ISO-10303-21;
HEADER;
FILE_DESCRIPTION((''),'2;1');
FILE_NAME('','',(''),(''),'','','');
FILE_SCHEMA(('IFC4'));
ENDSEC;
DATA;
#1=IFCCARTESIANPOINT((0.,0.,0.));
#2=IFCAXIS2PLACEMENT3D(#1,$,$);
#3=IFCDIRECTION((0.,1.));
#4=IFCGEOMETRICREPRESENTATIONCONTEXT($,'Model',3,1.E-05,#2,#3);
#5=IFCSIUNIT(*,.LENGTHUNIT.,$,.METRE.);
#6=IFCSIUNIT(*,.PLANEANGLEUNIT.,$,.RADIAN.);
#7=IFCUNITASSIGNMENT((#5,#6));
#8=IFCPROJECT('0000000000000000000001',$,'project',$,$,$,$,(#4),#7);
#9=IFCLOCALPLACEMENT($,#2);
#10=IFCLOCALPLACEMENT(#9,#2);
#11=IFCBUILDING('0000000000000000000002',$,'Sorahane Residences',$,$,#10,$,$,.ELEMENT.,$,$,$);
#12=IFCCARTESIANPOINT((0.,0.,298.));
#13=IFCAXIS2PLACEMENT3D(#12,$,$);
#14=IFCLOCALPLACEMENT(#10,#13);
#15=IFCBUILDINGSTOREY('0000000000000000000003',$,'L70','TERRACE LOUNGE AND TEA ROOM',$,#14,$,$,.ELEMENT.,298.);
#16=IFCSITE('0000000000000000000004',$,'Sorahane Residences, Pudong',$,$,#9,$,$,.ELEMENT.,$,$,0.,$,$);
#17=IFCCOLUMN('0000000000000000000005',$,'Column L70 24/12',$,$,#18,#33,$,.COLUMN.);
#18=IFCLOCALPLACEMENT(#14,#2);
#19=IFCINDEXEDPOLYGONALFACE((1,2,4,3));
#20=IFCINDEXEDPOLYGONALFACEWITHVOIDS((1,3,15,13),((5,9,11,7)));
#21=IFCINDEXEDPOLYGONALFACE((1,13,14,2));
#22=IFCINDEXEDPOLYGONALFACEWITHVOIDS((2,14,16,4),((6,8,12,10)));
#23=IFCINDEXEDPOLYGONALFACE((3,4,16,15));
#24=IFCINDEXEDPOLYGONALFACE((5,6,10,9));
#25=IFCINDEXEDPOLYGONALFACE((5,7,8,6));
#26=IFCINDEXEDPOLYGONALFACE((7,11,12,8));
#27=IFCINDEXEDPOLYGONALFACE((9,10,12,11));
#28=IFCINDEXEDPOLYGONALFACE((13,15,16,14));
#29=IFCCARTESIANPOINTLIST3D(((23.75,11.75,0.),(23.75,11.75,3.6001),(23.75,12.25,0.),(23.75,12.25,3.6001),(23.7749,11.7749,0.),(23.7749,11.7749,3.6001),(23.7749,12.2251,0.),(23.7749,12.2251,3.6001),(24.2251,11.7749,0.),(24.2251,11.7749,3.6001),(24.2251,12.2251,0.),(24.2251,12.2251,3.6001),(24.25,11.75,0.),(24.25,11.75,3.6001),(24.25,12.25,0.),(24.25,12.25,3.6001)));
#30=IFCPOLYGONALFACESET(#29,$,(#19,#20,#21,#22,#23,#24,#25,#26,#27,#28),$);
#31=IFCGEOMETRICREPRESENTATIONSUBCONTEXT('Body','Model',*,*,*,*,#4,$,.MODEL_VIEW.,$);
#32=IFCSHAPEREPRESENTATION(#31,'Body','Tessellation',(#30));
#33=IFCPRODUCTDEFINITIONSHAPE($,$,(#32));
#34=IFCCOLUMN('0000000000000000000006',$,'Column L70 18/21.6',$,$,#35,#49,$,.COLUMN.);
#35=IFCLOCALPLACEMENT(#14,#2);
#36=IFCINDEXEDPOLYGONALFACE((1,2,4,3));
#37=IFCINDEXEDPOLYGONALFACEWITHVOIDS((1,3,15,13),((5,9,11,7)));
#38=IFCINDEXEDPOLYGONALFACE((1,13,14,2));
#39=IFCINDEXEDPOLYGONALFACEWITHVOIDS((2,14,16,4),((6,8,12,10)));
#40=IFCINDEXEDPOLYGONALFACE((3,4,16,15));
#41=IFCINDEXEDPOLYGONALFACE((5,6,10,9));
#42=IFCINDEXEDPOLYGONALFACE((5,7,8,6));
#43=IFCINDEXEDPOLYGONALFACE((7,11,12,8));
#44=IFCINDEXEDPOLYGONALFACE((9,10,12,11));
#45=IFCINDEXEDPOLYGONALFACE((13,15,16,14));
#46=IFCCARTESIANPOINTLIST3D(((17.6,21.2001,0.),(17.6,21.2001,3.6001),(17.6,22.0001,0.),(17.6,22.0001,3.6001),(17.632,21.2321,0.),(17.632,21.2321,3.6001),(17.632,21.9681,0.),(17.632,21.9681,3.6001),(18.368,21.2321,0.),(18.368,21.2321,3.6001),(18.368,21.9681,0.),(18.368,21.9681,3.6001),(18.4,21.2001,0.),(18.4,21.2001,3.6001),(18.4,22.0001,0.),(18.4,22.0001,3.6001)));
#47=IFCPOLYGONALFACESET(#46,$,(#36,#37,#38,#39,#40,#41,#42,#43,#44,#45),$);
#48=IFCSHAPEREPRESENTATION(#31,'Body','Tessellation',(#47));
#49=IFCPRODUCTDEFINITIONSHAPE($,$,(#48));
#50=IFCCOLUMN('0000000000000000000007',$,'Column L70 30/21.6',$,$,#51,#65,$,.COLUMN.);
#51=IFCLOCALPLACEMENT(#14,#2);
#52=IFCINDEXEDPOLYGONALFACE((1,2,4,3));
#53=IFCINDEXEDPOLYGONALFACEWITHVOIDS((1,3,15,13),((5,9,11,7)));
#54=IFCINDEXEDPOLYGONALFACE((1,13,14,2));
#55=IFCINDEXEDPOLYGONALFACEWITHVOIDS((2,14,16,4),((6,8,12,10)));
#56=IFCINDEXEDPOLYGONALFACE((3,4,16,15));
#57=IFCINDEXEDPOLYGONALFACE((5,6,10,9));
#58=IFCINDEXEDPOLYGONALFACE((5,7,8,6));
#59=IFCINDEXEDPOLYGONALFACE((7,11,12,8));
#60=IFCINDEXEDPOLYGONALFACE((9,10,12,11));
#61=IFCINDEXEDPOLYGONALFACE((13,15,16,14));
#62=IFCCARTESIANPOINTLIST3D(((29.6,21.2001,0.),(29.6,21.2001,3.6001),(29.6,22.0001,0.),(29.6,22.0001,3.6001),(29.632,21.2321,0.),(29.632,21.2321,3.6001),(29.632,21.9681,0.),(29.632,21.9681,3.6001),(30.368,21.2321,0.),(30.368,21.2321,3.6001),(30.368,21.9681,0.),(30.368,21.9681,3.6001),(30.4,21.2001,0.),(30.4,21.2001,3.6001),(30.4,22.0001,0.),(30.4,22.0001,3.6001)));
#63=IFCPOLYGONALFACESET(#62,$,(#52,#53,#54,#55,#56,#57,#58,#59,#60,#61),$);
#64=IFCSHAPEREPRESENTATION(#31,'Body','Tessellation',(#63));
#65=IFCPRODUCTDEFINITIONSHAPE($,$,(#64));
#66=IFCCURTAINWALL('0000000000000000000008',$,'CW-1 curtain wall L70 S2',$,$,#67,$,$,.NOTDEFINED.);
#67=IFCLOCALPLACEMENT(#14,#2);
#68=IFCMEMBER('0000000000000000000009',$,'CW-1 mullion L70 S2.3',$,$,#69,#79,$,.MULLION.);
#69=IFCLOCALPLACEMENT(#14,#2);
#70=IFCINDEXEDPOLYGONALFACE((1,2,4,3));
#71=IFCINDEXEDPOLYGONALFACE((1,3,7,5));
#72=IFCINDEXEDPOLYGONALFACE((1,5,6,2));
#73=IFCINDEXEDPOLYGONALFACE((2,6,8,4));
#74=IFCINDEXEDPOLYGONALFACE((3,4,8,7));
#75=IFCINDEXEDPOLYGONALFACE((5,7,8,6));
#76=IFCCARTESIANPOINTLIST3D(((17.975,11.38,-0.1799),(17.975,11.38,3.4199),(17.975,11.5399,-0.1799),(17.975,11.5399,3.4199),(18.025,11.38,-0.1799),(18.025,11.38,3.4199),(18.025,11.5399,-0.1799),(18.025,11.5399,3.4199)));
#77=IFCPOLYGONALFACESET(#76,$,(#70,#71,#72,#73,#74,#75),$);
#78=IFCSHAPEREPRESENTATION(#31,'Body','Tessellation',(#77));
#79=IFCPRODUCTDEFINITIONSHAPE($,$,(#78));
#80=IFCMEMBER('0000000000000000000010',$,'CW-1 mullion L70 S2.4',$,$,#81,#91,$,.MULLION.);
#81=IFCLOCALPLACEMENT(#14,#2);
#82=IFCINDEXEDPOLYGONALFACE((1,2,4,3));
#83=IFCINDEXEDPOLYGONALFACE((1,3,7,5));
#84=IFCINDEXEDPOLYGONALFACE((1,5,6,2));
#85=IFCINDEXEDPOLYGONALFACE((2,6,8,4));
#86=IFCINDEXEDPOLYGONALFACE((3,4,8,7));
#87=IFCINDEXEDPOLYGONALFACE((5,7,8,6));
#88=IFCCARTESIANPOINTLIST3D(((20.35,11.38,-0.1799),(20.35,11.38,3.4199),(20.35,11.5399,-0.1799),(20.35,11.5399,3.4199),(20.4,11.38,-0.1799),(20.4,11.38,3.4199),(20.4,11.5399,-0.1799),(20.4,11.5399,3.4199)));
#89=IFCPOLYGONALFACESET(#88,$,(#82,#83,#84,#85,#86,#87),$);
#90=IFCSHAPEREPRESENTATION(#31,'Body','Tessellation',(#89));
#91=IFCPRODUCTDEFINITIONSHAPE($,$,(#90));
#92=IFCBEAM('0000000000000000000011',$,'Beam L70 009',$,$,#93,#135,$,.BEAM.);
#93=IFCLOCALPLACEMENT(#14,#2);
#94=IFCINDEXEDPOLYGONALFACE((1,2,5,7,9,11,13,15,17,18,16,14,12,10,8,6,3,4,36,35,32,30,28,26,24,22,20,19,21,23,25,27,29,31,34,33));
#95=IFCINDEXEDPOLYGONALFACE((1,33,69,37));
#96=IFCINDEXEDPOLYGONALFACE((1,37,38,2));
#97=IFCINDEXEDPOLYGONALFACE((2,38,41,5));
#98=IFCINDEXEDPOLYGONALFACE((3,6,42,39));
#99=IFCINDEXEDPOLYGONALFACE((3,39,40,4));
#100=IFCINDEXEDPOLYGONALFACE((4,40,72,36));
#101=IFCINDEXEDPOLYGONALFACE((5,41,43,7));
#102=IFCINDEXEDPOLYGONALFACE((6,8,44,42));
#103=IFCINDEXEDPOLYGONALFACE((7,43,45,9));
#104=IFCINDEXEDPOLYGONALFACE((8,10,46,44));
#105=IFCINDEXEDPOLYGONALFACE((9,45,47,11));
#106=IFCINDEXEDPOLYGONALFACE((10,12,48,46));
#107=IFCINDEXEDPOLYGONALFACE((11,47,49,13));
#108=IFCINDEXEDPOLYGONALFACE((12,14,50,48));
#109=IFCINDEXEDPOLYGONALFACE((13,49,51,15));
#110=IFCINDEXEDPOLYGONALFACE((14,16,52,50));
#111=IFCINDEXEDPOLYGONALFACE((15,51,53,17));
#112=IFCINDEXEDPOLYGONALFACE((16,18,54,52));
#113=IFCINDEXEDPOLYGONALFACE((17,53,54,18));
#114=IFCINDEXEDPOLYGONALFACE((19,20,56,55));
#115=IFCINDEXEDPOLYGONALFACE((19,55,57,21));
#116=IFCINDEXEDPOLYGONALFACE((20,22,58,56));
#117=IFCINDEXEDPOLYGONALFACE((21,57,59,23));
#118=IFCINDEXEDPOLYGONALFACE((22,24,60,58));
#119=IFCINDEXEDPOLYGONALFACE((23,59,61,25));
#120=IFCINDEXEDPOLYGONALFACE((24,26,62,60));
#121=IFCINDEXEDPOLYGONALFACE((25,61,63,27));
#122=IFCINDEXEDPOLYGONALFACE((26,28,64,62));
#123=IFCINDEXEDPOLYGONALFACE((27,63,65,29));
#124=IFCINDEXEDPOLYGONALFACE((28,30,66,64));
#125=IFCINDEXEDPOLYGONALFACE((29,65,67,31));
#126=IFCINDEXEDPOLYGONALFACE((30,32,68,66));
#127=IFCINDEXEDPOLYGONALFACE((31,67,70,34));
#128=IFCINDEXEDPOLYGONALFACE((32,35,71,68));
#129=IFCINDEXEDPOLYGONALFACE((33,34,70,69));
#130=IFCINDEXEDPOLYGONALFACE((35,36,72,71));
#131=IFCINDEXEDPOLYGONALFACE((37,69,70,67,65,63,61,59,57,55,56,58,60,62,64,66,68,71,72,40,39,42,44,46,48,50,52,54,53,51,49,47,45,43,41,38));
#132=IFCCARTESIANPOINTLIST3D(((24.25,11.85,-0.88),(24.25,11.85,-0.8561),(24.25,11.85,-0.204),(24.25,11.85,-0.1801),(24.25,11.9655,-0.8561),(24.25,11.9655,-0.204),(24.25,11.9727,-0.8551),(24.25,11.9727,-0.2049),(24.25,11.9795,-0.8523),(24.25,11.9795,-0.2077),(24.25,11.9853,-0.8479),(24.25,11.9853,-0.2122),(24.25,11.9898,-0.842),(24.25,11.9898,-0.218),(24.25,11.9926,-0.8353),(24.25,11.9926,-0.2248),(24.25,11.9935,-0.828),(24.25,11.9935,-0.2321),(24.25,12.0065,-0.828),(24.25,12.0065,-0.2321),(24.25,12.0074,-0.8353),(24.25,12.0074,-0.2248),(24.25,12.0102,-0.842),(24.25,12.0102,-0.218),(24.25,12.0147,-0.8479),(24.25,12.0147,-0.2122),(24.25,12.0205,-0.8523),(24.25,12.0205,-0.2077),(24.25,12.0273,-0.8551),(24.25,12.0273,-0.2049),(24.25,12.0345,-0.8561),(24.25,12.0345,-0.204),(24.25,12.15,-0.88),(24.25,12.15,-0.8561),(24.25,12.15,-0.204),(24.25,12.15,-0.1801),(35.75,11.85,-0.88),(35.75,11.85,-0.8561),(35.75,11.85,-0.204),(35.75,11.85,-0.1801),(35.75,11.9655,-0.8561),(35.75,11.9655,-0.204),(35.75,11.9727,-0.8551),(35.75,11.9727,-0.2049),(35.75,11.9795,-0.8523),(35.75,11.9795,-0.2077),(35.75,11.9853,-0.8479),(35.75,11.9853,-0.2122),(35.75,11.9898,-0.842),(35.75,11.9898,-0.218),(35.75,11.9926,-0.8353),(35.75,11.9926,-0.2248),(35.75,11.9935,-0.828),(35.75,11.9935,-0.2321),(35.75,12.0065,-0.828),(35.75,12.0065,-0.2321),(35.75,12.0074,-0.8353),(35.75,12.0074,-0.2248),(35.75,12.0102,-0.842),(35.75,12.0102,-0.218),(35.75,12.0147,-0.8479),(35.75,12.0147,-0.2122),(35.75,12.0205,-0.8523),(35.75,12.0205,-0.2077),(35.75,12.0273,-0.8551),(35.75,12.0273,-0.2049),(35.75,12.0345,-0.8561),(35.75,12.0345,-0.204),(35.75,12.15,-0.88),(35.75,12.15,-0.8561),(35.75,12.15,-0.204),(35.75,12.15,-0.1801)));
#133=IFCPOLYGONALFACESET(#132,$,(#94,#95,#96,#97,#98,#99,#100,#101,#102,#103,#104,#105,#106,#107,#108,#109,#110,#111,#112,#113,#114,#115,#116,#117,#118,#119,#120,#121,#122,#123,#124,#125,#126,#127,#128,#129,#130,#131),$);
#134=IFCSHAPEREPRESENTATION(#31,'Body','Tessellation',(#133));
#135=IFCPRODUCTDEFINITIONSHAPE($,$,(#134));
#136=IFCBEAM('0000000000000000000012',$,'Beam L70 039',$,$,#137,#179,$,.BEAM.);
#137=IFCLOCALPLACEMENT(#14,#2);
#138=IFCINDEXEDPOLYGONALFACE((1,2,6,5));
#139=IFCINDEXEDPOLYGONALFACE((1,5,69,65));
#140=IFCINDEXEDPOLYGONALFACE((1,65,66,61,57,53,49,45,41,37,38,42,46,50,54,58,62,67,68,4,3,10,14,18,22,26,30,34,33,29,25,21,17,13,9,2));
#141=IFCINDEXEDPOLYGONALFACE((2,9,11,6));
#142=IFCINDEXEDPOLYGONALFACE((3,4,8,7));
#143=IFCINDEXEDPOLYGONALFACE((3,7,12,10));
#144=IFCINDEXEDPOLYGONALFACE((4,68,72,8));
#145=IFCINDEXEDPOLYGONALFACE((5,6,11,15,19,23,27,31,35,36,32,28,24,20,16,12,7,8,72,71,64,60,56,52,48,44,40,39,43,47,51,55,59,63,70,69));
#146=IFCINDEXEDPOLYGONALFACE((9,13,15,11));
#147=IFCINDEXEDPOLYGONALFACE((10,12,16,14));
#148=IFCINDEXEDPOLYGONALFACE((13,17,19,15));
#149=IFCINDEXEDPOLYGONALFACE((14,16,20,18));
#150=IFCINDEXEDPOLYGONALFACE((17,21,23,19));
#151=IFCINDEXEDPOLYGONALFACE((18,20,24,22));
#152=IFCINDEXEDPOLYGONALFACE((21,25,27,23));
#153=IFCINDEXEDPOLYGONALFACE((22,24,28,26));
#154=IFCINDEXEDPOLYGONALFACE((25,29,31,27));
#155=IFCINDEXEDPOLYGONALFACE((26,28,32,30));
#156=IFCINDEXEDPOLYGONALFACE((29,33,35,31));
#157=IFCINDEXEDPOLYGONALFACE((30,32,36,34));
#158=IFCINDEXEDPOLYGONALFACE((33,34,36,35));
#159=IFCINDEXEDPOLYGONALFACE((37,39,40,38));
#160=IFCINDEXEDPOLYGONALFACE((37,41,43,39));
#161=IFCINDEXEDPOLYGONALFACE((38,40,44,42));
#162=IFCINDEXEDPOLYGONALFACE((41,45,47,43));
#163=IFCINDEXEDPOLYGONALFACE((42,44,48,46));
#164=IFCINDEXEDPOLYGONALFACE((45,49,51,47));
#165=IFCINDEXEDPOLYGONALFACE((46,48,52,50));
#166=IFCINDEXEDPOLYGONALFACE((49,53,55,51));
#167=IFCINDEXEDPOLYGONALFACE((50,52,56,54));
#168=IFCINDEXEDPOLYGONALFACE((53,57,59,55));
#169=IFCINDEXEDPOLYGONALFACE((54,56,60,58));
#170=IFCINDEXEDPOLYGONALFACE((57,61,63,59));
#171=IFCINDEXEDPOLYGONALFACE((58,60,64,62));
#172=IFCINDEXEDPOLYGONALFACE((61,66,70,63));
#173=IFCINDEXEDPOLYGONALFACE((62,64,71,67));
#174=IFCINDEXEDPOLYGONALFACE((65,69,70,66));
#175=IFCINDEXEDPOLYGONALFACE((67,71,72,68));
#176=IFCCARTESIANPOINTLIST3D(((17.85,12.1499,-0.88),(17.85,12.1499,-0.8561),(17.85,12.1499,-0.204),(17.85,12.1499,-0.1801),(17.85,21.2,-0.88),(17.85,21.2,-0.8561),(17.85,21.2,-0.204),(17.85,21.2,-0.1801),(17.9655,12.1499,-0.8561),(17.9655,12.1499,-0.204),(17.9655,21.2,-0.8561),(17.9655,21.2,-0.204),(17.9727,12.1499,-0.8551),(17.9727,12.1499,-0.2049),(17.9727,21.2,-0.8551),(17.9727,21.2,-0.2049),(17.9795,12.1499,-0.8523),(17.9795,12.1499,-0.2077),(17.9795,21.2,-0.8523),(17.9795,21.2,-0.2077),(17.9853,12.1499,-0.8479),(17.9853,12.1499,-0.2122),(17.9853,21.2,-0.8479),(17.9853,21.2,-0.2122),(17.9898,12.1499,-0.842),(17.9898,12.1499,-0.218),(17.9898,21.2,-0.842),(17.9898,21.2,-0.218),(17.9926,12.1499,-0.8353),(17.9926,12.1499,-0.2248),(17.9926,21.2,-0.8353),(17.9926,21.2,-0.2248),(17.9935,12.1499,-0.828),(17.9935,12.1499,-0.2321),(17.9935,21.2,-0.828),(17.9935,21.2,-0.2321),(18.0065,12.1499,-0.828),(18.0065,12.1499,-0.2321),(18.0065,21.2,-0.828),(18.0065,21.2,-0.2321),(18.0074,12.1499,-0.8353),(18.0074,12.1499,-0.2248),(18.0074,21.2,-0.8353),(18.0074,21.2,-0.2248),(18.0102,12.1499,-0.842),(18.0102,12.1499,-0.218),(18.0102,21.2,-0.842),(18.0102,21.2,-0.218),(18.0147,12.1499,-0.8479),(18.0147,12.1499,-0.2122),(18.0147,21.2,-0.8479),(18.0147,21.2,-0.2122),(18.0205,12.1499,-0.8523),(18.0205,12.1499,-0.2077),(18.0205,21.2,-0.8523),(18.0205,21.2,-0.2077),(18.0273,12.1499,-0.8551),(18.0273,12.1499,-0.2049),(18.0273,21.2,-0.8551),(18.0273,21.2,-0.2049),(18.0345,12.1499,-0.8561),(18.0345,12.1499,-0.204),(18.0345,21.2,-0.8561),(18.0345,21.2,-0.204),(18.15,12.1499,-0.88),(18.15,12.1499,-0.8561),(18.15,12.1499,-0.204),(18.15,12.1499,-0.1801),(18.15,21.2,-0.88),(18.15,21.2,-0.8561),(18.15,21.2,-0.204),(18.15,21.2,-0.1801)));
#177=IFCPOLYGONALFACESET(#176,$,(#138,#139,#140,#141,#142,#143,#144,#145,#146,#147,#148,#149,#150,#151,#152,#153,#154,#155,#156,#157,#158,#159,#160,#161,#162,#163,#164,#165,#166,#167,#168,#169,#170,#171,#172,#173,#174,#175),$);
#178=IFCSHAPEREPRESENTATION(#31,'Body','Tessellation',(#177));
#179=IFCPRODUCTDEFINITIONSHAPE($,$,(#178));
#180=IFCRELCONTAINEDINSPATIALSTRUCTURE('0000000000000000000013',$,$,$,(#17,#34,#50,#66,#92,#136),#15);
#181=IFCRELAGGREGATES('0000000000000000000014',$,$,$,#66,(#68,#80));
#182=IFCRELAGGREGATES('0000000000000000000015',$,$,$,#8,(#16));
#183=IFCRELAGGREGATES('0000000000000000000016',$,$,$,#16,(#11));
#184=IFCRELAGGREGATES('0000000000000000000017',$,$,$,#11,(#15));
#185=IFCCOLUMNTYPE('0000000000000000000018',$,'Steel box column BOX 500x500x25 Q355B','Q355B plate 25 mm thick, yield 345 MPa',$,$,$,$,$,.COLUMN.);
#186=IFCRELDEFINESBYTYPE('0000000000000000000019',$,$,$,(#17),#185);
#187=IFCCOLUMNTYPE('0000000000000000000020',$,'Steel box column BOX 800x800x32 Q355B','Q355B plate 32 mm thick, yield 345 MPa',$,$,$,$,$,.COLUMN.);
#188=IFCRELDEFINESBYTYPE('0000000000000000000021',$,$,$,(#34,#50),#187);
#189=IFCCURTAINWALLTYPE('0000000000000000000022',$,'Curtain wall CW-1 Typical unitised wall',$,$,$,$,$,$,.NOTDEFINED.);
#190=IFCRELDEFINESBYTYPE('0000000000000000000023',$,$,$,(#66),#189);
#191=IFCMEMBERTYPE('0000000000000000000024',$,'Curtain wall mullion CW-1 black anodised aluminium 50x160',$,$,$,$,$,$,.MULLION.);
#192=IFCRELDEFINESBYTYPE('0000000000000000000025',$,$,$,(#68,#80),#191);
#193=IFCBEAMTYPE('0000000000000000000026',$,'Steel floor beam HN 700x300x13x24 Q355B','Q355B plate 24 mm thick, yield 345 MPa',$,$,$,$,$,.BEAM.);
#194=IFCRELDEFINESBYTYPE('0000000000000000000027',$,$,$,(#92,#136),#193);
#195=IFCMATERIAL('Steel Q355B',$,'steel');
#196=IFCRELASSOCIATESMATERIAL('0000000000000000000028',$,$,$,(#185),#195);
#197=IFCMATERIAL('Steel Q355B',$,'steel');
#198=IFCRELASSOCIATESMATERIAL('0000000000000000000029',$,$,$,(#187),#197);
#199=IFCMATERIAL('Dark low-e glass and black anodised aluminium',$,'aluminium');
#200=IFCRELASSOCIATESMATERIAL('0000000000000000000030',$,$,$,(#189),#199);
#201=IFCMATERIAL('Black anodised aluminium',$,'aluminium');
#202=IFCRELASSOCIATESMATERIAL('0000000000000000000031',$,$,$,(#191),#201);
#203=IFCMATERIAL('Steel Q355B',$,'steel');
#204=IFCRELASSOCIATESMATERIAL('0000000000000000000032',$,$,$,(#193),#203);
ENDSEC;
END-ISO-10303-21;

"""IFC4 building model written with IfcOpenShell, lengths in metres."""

from ifc_helpers import new_model, si_unit, direction, frame, origin, origin_2d, place, context, subcontext, project, spatial, rectangle, hollow_rectangle, i_section, extrude, material, material_profile, profile_set, type_object, element, aggregate, save


model = new_model("IFC4")

# Units and contexts
model_context = context("Model", 3, precision=1e-05, world=origin(), true_north=direction((0.0, 1.0)))
body_context = subcontext(model_context, "Body", "Model", "MODEL_VIEW")
ifc_project = project(units=[si_unit("LENGTHUNIT", "METRE"), si_unit("PLANEANGLEUNIT", "RADIAN")], contexts=[model_context])

# Site, building, storey
site_placement = place(None, origin())
site = spatial("IfcSite", under=ifc_project, at=site_placement, Name="Sorahane Residences, Pudong", CompositionType="ELEMENT", RefElevation=0.0)
building_placement = place(site_placement, origin())
building = spatial("IfcBuilding", under=site, at=building_placement, Name="Sorahane Residences", CompositionType="ELEMENT")
storey_placement = place(building_placement, frame((0.0, 0.0, 298.0)))
storey = spatial("IfcBuildingStorey", under=building, at=storey_placement, Name="L70", Description="TERRACE LOUNGE AND TEA ROOM", CompositionType="ELEMENT", Elevation=298.0)

# Columns
ifc_material_1 = material(Name="Steel Q355B", Category="steel")
ifc_material_profile_1 = material_profile(ifc_material_1, hollow_rectangle(XDim=0.5, YDim=0.5, WallThickness=0.0249, at=origin_2d()), Name="BOX 500x500x25")
ifc_profile_set_1 = profile_set([ifc_material_profile_1], Name="Steel Q355B")
column_type_1 = type_object("IfcColumnType", Name="Steel box column BOX 500x500x25 Q355B", Description="Q355B plate 25 mm thick, yield 345 MPa", PredefinedType="COLUMN", material=ifc_profile_set_1)
column_placement = place(storey_placement, frame((24.0, 12.0, 0.0), z_axis=(0.0, 0.0, 1.0), x_axis=(1.0, 0.0, 0.0)))
element("IfcColumn", 1, at=column_placement, inside=storey, type_object=column_type_1, Name="Column L70 24/12", PredefinedType="COLUMN", context=body_context, shape_type="SweptSolid", body=[
    extrude(hollow_rectangle(XDim=0.5, YDim=0.5, WallThickness=0.0249, at=origin_2d()), origin(), (0.0, 0.0, 1.0), 3.6001),
])
ifc_material_2 = material(Name="Steel Q355B", Category="steel")
ifc_material_profile_2 = material_profile(ifc_material_2, hollow_rectangle(XDim=0.8, YDim=0.8, WallThickness=0.032, at=origin_2d()), Name="BOX 800x800x32")
ifc_profile_set_2 = profile_set([ifc_material_profile_2], Name="Steel Q355B")
column_type_2 = type_object("IfcColumnType", Name="Steel box column BOX 800x800x32 Q355B", Description="Q355B plate 32 mm thick, yield 345 MPa", PredefinedType="COLUMN", material=ifc_profile_set_2)
for number, where, z_axis, x_axis, name in (
    (2, (18.0, 21.6001, 0.0), (0.0, 0.0, 1.0), (1.0, 0.0, 0.0), "Column L70 18/21.6"),
    (3, (30.0, 21.6001, 0.0), (0.0, 0.0, 1.0), (1.0, 0.0, 0.0), "Column L70 30/21.6"),
):
    element("IfcColumn", number, at=place(storey_placement, frame(where, z_axis=z_axis, x_axis=x_axis)), inside=storey, type_object=column_type_2, Name=name, PredefinedType="COLUMN", context=body_context, shape_type="SweptSolid", body=[
        extrude(hollow_rectangle(XDim=0.8, YDim=0.8, WallThickness=0.032, at=origin_2d()), origin(), (0.0, 0.0, 1.0), 3.6001),
    ])

# Curtain wall, members
ifc_material_3 = material(Name="Dark low-e glass and black anodised aluminium", Category="aluminium")
curtain_wall_type = type_object("IfcCurtainWallType", Name="Curtain wall CW-1 Typical unitised wall", PredefinedType="NOTDEFINED", material=ifc_material_3)
curtain_wall_placement = place(storey_placement, origin())
curtain_wall = element("IfcCurtainWall", 4, at=curtain_wall_placement, inside=storey, type_object=curtain_wall_type, Name="CW-1 curtain wall L70 S2", PredefinedType="NOTDEFINED")
ifc_material_4 = material(Name="Black anodised aluminium", Category="aluminium")
ifc_material_profile_3 = material_profile(ifc_material_4, rectangle(XDim=0.1599, YDim=0.05, at=origin_2d()), Name="Curtain wall mullion CW-1 black anodised aluminium 50x160")
ifc_profile_set_3 = profile_set([ifc_material_profile_3], Name="Black anodised aluminium")
member_type = type_object("IfcMemberType", Name="Curtain wall mullion CW-1 black anodised aluminium 50x160", PredefinedType="MULLION", material=ifc_profile_set_3)
member_1_placement = place(storey_placement, frame((18.0, 11.46, -0.1799), z_axis=(0.0, 0.0, 1.0), x_axis=(0.0, -1.0, 0.0)))
member_1 = element("IfcMember", 5, at=member_1_placement, type_object=member_type, Name="CW-1 mullion L70 S2.3", PredefinedType="MULLION", context=body_context, shape_type="SweptSolid", body=[
    extrude(rectangle(XDim=0.1599, YDim=0.05, at=origin_2d()), origin(), (0.0, 0.0, 1.0), 3.5999),
])
member_2_placement = place(storey_placement, frame((20.375, 11.46, -0.1799), z_axis=(0.0, 0.0, 1.0), x_axis=(0.0, -1.0, 0.0)))
member_2 = element("IfcMember", 6, at=member_2_placement, type_object=member_type, Name="CW-1 mullion L70 S2.4", PredefinedType="MULLION", context=body_context, shape_type="SweptSolid", body=[
    extrude(rectangle(XDim=0.1599, YDim=0.05, at=origin_2d()), origin(), (0.0, 0.0, 1.0), 3.5999),
])

# Beams
ifc_material_5 = material(Name="Steel Q355B", Category="steel")
ifc_material_profile_4 = material_profile(ifc_material_5, i_section(OverallWidth=0.3, OverallDepth=0.7, WebThickness=0.0129, FlangeThickness=0.0239, FilletRadius=0.0281, at=origin_2d()), Name="HN 700x300x13x24")
ifc_profile_set_4 = profile_set([ifc_material_profile_4], Name="Steel Q355B")
beam_type = type_object("IfcBeamType", Name="Steel floor beam HN 700x300x13x24 Q355B", Description="Q355B plate 24 mm thick, yield 345 MPa", PredefinedType="BEAM", material=ifc_profile_set_4)
beam_placement = place(storey_placement, frame((24.25, 12.0, -0.53), z_axis=(1.0, 0.0, 0.0), x_axis=(0.0, 1.0, 0.0)))
element("IfcBeam", 7, at=beam_placement, inside=storey, type_object=beam_type, Name="Beam L70 009", PredefinedType="BEAM", context=body_context, shape_type="SweptSolid", body=[
    extrude(i_section(OverallWidth=0.3, OverallDepth=0.7, WebThickness=0.0129, FlangeThickness=0.0239, FilletRadius=0.0281, at=origin_2d()), origin(), (0.0, 0.0, 1.0), 11.5),
])
for number, where, z_axis, x_axis, name in (
    (8, (18.0, 12.1499, -0.53), (0.0, 1.0, 0.0), (-1.0, 0.0, 0.0), "Beam L70 039"),
):
    element("IfcBeam", number, at=place(storey_placement, frame(where, z_axis=z_axis, x_axis=x_axis)), inside=storey, type_object=beam_type, Name=name, PredefinedType="BEAM", context=body_context, shape_type="SweptSolid", body=[
        extrude(i_section(OverallWidth=0.3, OverallDepth=0.7, WebThickness=0.0129, FlangeThickness=0.0239, FilletRadius=0.0281, at=origin_2d()), origin(), (0.0, 0.0, 1.0), 9.05),
    ])

aggregate(curtain_wall, [member_1, member_2])

save(model, "model.ifc")
